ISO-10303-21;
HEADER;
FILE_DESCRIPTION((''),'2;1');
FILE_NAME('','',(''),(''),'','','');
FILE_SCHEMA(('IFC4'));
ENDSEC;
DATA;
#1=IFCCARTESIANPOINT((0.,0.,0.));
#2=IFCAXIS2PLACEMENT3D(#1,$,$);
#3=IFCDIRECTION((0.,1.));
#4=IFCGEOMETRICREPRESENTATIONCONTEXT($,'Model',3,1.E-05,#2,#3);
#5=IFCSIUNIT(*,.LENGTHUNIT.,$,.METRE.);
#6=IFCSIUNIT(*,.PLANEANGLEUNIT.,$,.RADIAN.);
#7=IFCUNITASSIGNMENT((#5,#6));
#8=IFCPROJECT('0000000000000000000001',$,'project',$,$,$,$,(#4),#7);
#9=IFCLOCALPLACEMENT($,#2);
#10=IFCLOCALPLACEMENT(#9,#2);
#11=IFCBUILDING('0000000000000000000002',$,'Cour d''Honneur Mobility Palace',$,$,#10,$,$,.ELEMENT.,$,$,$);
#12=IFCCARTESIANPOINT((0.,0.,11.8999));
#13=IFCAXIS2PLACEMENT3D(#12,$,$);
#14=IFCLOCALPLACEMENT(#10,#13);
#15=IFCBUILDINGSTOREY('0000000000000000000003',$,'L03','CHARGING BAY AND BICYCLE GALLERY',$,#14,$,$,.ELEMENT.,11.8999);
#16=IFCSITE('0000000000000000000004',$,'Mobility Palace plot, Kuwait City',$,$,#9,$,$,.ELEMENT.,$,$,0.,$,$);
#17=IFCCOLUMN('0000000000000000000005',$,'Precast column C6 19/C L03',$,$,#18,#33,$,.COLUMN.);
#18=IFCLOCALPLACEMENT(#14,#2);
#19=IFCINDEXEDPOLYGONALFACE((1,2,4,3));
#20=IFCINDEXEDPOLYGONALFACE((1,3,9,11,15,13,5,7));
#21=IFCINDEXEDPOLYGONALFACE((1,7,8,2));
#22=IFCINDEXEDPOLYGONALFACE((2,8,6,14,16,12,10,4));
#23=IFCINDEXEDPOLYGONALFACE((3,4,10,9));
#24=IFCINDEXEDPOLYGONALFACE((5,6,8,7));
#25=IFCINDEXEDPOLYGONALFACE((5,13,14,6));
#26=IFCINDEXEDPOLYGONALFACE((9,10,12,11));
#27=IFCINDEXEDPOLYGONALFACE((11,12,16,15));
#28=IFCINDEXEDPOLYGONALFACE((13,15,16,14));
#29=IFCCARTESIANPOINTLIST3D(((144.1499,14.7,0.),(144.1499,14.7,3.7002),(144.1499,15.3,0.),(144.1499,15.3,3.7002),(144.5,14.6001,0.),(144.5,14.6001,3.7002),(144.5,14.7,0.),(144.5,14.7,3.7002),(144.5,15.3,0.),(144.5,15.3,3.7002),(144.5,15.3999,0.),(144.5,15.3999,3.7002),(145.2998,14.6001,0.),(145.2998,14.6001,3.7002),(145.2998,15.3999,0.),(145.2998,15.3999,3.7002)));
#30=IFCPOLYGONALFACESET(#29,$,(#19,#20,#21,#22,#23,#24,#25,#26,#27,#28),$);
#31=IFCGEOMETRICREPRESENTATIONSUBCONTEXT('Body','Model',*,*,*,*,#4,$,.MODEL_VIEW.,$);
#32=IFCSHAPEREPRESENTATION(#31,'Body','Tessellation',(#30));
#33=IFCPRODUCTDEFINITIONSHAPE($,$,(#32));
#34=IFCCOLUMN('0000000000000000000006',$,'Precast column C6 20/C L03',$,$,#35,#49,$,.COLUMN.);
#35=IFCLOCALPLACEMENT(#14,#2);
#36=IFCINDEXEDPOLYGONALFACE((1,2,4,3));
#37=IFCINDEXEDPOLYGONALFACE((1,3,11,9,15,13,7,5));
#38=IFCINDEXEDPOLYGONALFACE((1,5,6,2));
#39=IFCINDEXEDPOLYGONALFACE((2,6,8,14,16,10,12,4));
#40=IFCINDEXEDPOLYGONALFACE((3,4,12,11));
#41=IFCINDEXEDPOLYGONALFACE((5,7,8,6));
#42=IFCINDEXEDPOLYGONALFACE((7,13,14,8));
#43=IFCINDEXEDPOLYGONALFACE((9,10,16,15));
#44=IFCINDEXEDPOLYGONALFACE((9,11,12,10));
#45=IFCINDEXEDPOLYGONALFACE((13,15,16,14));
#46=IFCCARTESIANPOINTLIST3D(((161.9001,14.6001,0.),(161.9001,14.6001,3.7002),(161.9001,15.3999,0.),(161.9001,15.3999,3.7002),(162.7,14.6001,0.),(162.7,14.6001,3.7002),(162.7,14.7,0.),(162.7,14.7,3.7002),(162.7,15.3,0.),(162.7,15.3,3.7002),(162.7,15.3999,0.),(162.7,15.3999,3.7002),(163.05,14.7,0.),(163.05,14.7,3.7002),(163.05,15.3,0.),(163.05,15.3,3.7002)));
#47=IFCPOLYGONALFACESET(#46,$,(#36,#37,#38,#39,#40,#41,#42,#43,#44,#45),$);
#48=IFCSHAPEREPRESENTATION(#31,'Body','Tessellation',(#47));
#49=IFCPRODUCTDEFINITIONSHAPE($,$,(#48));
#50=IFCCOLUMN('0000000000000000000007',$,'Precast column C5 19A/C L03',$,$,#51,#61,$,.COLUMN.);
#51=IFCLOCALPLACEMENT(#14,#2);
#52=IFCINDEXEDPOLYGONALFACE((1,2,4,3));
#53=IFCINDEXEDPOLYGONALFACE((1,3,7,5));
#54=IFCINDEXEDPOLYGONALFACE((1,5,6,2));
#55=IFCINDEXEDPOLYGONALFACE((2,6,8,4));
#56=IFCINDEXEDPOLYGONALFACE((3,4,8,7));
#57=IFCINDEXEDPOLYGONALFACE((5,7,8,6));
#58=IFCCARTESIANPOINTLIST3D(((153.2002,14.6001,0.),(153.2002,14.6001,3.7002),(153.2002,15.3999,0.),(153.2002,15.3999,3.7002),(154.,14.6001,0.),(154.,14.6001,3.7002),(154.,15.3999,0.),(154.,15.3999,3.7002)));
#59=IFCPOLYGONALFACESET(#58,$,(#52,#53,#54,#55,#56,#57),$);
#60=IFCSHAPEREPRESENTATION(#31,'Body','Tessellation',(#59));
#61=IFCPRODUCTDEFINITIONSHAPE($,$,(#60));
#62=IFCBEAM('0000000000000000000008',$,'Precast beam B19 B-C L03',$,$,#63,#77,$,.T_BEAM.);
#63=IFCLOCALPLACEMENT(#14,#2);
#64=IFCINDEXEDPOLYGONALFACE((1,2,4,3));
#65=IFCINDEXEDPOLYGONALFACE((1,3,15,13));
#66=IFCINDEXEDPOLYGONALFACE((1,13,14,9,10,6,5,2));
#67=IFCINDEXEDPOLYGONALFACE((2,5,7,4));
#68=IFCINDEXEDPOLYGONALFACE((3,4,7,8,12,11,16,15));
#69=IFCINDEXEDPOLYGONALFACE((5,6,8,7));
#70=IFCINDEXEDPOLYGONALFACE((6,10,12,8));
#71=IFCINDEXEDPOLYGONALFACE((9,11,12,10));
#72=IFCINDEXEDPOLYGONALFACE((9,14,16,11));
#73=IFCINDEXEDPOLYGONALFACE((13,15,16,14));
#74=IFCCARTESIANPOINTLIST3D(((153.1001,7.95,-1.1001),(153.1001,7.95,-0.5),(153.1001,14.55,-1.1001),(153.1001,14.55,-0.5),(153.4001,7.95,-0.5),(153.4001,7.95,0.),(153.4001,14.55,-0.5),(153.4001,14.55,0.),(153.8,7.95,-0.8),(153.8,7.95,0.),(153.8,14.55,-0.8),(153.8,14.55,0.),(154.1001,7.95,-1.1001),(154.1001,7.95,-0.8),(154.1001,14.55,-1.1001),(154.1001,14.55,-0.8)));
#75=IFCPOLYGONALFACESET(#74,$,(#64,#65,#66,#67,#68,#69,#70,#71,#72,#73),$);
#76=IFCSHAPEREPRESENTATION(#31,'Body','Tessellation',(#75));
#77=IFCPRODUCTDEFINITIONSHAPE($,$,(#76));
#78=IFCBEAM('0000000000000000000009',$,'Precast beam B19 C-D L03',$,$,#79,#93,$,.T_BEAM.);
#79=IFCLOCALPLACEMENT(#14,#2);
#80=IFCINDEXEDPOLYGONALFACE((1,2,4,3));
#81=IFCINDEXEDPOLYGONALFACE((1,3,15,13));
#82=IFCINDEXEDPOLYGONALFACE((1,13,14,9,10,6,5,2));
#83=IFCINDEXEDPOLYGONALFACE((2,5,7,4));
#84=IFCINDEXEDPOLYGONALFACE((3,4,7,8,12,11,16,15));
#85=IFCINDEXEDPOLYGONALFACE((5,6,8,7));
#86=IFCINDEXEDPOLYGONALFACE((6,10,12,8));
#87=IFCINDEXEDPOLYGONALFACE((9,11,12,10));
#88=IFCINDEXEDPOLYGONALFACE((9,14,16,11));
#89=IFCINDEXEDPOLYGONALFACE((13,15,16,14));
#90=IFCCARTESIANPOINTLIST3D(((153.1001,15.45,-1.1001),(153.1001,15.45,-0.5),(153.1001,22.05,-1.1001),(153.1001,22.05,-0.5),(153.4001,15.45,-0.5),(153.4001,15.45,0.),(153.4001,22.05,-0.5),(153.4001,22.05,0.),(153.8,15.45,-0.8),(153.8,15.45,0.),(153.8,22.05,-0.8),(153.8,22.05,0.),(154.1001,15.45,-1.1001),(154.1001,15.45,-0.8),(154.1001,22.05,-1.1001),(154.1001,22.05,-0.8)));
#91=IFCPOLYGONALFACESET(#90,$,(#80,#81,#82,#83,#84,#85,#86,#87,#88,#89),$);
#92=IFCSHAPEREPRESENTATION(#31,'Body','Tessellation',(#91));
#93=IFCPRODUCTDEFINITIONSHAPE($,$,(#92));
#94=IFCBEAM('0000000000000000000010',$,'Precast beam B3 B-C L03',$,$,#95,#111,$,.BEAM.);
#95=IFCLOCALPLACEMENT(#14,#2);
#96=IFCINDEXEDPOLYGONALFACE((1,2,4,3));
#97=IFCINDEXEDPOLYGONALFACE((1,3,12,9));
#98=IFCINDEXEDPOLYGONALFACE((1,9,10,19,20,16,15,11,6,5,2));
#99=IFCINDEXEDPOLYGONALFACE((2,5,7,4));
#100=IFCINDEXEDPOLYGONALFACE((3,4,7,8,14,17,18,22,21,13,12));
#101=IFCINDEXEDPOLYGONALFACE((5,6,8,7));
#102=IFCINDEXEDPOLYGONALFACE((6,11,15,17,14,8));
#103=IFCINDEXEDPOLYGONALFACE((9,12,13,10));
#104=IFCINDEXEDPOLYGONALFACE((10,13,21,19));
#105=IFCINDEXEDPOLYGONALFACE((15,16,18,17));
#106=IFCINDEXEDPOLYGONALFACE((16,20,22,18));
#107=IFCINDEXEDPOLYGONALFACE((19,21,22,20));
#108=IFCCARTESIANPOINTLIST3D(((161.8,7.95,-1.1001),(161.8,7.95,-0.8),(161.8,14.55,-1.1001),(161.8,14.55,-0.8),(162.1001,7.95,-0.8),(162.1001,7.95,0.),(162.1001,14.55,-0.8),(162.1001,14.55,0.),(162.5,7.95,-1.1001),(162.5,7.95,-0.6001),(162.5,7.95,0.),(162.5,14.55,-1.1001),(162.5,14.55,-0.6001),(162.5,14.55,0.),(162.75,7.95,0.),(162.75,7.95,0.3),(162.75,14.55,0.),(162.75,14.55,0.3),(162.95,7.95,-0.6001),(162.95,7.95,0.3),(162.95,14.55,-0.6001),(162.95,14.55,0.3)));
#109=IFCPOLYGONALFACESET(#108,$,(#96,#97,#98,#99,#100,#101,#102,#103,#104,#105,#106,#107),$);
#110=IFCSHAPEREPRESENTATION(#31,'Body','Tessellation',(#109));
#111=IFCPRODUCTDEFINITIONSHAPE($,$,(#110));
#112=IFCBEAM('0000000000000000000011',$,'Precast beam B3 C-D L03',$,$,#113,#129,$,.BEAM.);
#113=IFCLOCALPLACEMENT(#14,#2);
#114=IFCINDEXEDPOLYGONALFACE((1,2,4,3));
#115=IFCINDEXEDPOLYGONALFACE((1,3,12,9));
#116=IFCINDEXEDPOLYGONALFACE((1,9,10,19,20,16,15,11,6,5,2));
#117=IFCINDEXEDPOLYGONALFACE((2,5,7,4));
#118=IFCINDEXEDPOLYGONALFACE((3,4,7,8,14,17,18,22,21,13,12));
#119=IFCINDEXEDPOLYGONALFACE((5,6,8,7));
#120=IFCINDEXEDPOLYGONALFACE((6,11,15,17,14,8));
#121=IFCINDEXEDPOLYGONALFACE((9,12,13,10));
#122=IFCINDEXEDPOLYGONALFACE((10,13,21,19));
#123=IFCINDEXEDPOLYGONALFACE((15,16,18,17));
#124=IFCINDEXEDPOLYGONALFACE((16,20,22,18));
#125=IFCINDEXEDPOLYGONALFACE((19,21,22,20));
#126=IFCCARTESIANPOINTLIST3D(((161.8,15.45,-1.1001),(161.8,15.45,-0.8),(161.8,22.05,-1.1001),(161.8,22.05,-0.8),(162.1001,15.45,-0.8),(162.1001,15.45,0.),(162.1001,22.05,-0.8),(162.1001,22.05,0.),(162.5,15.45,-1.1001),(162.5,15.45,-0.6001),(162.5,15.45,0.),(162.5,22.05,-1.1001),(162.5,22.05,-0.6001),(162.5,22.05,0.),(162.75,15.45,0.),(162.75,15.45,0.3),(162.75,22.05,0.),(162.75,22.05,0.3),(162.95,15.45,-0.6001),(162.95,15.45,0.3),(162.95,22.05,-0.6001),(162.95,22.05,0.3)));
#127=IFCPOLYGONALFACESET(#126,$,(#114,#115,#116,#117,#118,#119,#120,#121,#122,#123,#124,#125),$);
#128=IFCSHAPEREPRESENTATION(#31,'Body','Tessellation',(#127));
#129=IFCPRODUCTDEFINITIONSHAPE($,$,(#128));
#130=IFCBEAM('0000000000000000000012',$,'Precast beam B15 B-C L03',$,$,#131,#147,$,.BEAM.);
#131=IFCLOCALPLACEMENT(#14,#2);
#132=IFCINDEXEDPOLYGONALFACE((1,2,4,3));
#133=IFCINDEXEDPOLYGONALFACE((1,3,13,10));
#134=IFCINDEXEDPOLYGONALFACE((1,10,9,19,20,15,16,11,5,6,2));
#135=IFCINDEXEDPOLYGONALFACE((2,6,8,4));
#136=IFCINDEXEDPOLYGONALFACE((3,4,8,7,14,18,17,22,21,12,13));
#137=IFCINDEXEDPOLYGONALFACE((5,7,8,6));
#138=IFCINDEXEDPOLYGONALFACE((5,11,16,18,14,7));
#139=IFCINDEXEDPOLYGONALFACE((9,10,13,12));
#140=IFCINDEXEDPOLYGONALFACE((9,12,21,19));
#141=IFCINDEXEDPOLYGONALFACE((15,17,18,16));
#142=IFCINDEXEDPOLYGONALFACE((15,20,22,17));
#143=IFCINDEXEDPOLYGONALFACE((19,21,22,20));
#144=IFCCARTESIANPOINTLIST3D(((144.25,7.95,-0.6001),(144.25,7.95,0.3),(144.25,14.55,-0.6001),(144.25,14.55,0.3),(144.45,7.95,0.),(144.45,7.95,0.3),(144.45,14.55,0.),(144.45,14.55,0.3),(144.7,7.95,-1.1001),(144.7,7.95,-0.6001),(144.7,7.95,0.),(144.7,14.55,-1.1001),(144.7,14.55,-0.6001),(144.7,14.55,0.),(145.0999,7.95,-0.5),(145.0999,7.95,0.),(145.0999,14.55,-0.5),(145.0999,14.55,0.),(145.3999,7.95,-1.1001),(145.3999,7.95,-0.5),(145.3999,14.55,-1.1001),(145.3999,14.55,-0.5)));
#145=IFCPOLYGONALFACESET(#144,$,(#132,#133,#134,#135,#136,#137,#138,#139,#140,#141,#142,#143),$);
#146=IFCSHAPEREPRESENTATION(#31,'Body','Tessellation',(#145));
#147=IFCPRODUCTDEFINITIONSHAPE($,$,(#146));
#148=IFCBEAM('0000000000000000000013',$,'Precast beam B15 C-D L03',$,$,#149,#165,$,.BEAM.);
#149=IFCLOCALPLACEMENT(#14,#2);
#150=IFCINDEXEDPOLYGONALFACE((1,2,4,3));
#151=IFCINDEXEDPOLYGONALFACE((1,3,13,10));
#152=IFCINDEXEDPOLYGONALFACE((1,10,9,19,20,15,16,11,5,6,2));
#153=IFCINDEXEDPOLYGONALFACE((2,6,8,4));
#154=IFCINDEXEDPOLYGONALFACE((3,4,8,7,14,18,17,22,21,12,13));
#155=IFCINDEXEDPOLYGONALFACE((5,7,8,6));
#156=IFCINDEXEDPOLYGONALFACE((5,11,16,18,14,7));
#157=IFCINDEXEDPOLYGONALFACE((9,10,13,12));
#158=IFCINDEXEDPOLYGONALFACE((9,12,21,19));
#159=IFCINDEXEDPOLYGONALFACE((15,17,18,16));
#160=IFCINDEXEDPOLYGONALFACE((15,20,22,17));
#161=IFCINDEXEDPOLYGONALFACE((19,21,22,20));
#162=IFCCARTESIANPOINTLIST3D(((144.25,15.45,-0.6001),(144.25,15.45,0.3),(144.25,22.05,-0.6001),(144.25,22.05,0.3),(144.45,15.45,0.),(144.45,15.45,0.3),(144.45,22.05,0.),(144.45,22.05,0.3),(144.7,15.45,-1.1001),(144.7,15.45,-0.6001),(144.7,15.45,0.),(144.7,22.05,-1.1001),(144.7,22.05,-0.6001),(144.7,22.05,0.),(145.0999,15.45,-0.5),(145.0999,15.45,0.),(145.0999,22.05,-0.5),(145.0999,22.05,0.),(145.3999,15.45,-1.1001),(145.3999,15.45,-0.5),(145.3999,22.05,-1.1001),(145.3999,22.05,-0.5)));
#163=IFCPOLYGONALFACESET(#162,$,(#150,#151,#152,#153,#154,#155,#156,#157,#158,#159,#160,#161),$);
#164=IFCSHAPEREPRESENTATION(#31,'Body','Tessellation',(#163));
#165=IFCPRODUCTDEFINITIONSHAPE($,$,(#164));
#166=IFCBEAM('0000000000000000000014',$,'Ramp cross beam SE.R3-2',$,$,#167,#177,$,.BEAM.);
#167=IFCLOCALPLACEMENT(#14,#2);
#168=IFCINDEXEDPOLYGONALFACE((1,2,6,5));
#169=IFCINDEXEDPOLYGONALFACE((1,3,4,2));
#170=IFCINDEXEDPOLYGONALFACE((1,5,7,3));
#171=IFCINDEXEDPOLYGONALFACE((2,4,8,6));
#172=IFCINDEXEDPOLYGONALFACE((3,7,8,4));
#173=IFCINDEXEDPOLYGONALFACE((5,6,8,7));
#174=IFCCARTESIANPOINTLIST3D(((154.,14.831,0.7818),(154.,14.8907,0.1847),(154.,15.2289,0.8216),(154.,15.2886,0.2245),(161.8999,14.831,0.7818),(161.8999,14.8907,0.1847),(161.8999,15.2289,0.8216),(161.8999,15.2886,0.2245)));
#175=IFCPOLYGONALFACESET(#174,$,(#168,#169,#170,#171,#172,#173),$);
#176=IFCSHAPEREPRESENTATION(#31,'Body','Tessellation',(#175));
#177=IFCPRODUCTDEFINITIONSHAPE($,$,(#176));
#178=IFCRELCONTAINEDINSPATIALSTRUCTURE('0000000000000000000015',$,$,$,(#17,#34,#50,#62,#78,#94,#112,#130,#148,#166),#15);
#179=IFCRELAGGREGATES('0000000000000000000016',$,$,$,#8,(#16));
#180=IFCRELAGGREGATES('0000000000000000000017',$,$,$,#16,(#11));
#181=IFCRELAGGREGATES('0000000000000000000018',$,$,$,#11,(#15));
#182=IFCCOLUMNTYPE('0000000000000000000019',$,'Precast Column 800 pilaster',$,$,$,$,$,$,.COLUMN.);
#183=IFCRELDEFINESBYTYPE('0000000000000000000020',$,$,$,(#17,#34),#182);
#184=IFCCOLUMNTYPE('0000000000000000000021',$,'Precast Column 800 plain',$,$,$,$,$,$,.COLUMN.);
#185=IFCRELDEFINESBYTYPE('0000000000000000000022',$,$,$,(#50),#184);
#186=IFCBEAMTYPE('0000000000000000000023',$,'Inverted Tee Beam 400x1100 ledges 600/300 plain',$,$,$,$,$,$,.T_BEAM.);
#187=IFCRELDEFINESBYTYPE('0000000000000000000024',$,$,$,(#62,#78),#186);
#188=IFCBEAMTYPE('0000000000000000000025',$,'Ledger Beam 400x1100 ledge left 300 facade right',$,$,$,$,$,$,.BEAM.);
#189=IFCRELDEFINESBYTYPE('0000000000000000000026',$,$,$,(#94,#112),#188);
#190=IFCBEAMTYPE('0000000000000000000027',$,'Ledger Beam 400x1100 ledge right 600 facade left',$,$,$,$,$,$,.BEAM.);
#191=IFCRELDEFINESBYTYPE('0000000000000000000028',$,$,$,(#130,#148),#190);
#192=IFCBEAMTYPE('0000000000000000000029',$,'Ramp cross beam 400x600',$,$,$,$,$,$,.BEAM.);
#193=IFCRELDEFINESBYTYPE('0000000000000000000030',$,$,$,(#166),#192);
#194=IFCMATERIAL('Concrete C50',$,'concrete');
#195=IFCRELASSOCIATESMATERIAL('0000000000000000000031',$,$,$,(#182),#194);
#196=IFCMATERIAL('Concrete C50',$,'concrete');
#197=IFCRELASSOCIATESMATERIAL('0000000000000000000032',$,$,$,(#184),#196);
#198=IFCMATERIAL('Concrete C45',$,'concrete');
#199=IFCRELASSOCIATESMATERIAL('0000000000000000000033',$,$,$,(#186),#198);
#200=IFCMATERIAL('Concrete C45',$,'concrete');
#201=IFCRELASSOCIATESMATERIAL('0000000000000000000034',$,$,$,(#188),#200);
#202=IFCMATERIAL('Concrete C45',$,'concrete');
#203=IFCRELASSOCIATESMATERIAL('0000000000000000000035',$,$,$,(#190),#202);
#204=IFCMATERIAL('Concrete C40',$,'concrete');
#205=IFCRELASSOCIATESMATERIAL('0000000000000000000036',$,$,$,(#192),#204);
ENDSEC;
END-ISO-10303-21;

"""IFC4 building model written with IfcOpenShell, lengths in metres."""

from ifc_helpers import new_model, si_unit, direction, frame, origin, origin_2d, place, context, subcontext, project, spatial, polyline, rectangle, outline, extrude, material, material_profile, profile_set, type_object, element, save


model = new_model("IFC4")

# Units and contexts
model_context = context("Model", 3, precision=1e-05, world=origin(), true_north=direction((0.0, 1.0)))
body_context = subcontext(model_context, "Body", "Model", "MODEL_VIEW")
ifc_project = project(units=[si_unit("LENGTHUNIT", "METRE"), si_unit("PLANEANGLEUNIT", "RADIAN")], contexts=[model_context])

# Site, building, storey
site_placement = place(None, origin())
site = spatial("IfcSite", under=ifc_project, at=site_placement, Name="Mobility Palace plot, Kuwait City", CompositionType="ELEMENT", RefElevation=0.0)
building_placement = place(site_placement, origin())
building = spatial("IfcBuilding", under=site, at=building_placement, Name="Cour d'Honneur Mobility Palace", CompositionType="ELEMENT")
storey_placement = place(building_placement, frame((0.0, 0.0, 11.8999)))
storey = spatial("IfcBuildingStorey", under=building, at=storey_placement, Name="L03", Description="CHARGING BAY AND BICYCLE GALLERY", CompositionType="ELEMENT", Elevation=11.8999)

# Columns
ifc_material_1 = material(Name="Concrete C50", Category="concrete")
ifc_material_profile_1 = material_profile(ifc_material_1, outline(polyline([(-0.3999, -0.3999), (0.3999, -0.3999), (0.3999, -0.3), (0.75, -0.3), (0.75, 0.3), (0.3999, 0.3), (0.3999, 0.3999), (-0.3999, 0.3999), (-0.3999, -0.3999)])), Name="PC C800 pilaster")
ifc_profile_set_1 = profile_set([ifc_material_profile_1], Name="Concrete C50")
column_type_1 = type_object("IfcColumnType", Name="Precast Column 800 pilaster", PredefinedType="COLUMN", material=ifc_profile_set_1)
for number, where, z_axis, x_axis, name in (
    (1, (144.8999, 15.0, 0.0), (0.0, 0.0, 1.0), (-1.0, 0.0, 0.0), "Precast column C6 19/C L03"),
    (2, (162.3, 15.0, 0.0), (0.0, 0.0, 1.0), (1.0, 0.0, 0.0), "Precast column C6 20/C L03"),
):
    element("IfcColumn", number, at=place(storey_placement, frame(where, z_axis=z_axis, x_axis=x_axis)), inside=storey, type_object=column_type_1, Name=name, PredefinedType="COLUMN", context=body_context, shape_type="SweptSolid", body=[
        extrude(outline(polyline([(-0.3999, -0.3999), (0.3999, -0.3999), (0.3999, -0.3), (0.75, -0.3), (0.75, 0.3), (0.3999, 0.3), (0.3999, 0.3999), (-0.3999, 0.3999), (-0.3999, -0.3999)])), origin(), (0.0, 0.0, 1.0), 3.7002),
    ])
ifc_material_2 = material(Name="Concrete C50", Category="concrete")
ifc_material_profile_2 = material_profile(ifc_material_2, outline(polyline([(-0.3999, -0.3999), (0.3999, -0.3999), (0.3999, 0.3999), (-0.3999, 0.3999), (-0.3999, -0.3999)])), Name="PC C800 plain")
ifc_profile_set_2 = profile_set([ifc_material_profile_2], Name="Concrete C50")
column_type_2 = type_object("IfcColumnType", Name="Precast Column 800 plain", PredefinedType="COLUMN", material=ifc_profile_set_2)
column_placement = place(storey_placement, frame((153.6001, 15.0, 0.0), z_axis=(0.0, 0.0, 1.0), x_axis=(1.0, 0.0, 0.0)))
element("IfcColumn", 3, at=column_placement, inside=storey, type_object=column_type_2, Name="Precast column C5 19A/C L03", PredefinedType="COLUMN", context=body_context, shape_type="SweptSolid", body=[
    extrude(outline(polyline([(-0.3999, -0.3999), (0.3999, -0.3999), (0.3999, 0.3999), (-0.3999, 0.3999), (-0.3999, -0.3999)])), origin(), (0.0, 0.0, 1.0), 3.7002),
])

# Beams
ifc_material_3 = material(Name="Concrete C45", Category="concrete")
ifc_material_profile_3 = material_profile(ifc_material_3, outline(polyline([(0.5, -1.1001), (0.5, -0.5), (0.2, -0.5), (0.2, 0.0), (-0.2, 0.0), (-0.2, -0.8), (-0.5, -0.8), (-0.5, -1.1001), (0.5, -1.1001)])), Name="Inverted Tee Beam 400x1100 ledges 600/300 plain")
ifc_profile_set_3 = profile_set([ifc_material_profile_3], Name="Concrete C45")
beam_type_1 = type_object("IfcBeamType", Name="Inverted Tee Beam 400x1100 ledges 600/300 plain", PredefinedType="T_BEAM", material=ifc_profile_set_3)
for number, where, z_axis, x_axis, name in (
    (4, (153.6001, 7.95, 0.0), (0.0, 1.0, 0.0), (-1.0, 0.0, 0.0), "Precast beam B19 B-C L03"),
    (5, (153.6001, 15.45, 0.0), (0.0, 1.0, 0.0), (-1.0, 0.0, 0.0), "Precast beam B19 C-D L03"),
):
    element("IfcBeam", number, at=place(storey_placement, frame(where, z_axis=z_axis, x_axis=x_axis)), inside=storey, type_object=beam_type_1, Name=name, PredefinedType="T_BEAM", context=body_context, shape_type="SweptSolid", body=[
        extrude(outline(polyline([(0.5, -1.1001), (0.5, -0.5), (0.2, -0.5), (0.2, 0.0), (-0.2, 0.0), (-0.2, -0.8), (-0.5, -0.8), (-0.5, -1.1001), (0.5, -1.1001)])), origin(), (0.0, 0.0, 1.0), 6.6001),
    ])
ifc_material_4 = material(Name="Concrete C45", Category="concrete")
ifc_material_profile_4 = material_profile(ifc_material_4, outline(polyline([(0.5, -1.1001), (0.5, -0.8), (0.2, -0.8), (0.2, 0.0), (-0.2, 0.0), (-0.45, 0.0), (-0.45, 0.3), (-0.6499, 0.3), (-0.6499, -0.6001), (-0.2, -0.6001), (-0.2, -1.1001), (0.5, -1.1001)])), Name="Ledger Beam 400x1100 ledge left 300 facade right")
ifc_profile_set_4 = profile_set([ifc_material_profile_4], Name="Concrete C45")
beam_type_2 = type_object("IfcBeamType", Name="Ledger Beam 400x1100 ledge left 300 facade right", PredefinedType="BEAM", material=ifc_profile_set_4)
for number, where, z_axis, x_axis, name in (
    (6, (162.3, 7.95, 0.0), (0.0, 1.0, 0.0), (-1.0, 0.0, 0.0), "Precast beam B3 B-C L03"),
    (7, (162.3, 15.45, 0.0), (0.0, 1.0, 0.0), (-1.0, 0.0, 0.0), "Precast beam B3 C-D L03"),
):
    element("IfcBeam", number, at=place(storey_placement, frame(where, z_axis=z_axis, x_axis=x_axis)), inside=storey, type_object=beam_type_2, Name=name, PredefinedType="BEAM", context=body_context, shape_type="SweptSolid", body=[
        extrude(outline(polyline([(0.5, -1.1001), (0.5, -0.8), (0.2, -0.8), (0.2, 0.0), (-0.2, 0.0), (-0.45, 0.0), (-0.45, 0.3), (-0.6499, 0.3), (-0.6499, -0.6001), (-0.2, -0.6001), (-0.2, -1.1001), (0.5, -1.1001)])), origin(), (0.0, 0.0, 1.0), 6.6001),
    ])
ifc_material_5 = material(Name="Concrete C45", Category="concrete")
ifc_material_profile_5 = material_profile(ifc_material_5, outline(polyline([(0.2, -1.1001), (0.2, -0.6001), (0.6499, -0.6001), (0.6499, 0.3), (0.45, 0.3), (0.45, 0.0), (0.2, 0.0), (-0.2, 0.0), (-0.2, -0.5), (-0.5, -0.5), (-0.5, -1.1001), (0.2, -1.1001)])), Name="Ledger Beam 400x1100 ledge right 600 facade left")
ifc_profile_set_5 = profile_set([ifc_material_profile_5], Name="Concrete C45")
beam_type_3 = type_object("IfcBeamType", Name="Ledger Beam 400x1100 ledge right 600 facade left", PredefinedType="BEAM", material=ifc_profile_set_5)
for number, where, z_axis, x_axis, name in (
    (8, (144.8999, 7.95, 0.0), (0.0, 1.0, 0.0), (-1.0, 0.0, 0.0), "Precast beam B15 B-C L03"),
    (9, (144.8999, 15.45, 0.0), (0.0, 1.0, 0.0), (-1.0, 0.0, 0.0), "Precast beam B15 C-D L03"),
):
    element("IfcBeam", number, at=place(storey_placement, frame(where, z_axis=z_axis, x_axis=x_axis)), inside=storey, type_object=beam_type_3, Name=name, PredefinedType="BEAM", context=body_context, shape_type="SweptSolid", body=[
        extrude(outline(polyline([(0.2, -1.1001), (0.2, -0.6001), (0.6499, -0.6001), (0.6499, 0.3), (0.45, 0.3), (0.45, 0.0), (0.2, 0.0), (-0.2, 0.0), (-0.2, -0.5), (-0.5, -0.5), (-0.5, -1.1001), (0.2, -1.1001)])), origin(), (0.0, 0.0, 1.0), 6.6001),
    ])
ifc_material_6 = material(Name="Concrete C40", Category="concrete")
ifc_material_profile_6 = material_profile(ifc_material_6, rectangle(XDim=0.3999, YDim=0.6001, at=origin_2d()), Name="Ramp cross beam 400x600")
ifc_profile_set_6 = profile_set([ifc_material_profile_6], Name="Concrete C40")
beam_type_4 = type_object("IfcBeamType", Name="Ramp cross beam 400x600", PredefinedType="BEAM", material=ifc_profile_set_6)
beam_placement = place(storey_placement, frame((161.8999, 15.0598, 0.5032), z_axis=(-1.0, 0.0, 0.0), x_axis=(0.0, -0.995037, -0.099504)))
element("IfcBeam", 10, at=beam_placement, inside=storey, type_object=beam_type_4, Name="Ramp cross beam SE.R3-2", PredefinedType="BEAM", context=body_context, shape_type="SweptSolid", body=[
    extrude(rectangle(XDim=0.3999, YDim=0.6001, at=origin_2d()), origin(), (0.0, 0.0, 1.0), 7.8999),
])

save(model, "model.ifc")
